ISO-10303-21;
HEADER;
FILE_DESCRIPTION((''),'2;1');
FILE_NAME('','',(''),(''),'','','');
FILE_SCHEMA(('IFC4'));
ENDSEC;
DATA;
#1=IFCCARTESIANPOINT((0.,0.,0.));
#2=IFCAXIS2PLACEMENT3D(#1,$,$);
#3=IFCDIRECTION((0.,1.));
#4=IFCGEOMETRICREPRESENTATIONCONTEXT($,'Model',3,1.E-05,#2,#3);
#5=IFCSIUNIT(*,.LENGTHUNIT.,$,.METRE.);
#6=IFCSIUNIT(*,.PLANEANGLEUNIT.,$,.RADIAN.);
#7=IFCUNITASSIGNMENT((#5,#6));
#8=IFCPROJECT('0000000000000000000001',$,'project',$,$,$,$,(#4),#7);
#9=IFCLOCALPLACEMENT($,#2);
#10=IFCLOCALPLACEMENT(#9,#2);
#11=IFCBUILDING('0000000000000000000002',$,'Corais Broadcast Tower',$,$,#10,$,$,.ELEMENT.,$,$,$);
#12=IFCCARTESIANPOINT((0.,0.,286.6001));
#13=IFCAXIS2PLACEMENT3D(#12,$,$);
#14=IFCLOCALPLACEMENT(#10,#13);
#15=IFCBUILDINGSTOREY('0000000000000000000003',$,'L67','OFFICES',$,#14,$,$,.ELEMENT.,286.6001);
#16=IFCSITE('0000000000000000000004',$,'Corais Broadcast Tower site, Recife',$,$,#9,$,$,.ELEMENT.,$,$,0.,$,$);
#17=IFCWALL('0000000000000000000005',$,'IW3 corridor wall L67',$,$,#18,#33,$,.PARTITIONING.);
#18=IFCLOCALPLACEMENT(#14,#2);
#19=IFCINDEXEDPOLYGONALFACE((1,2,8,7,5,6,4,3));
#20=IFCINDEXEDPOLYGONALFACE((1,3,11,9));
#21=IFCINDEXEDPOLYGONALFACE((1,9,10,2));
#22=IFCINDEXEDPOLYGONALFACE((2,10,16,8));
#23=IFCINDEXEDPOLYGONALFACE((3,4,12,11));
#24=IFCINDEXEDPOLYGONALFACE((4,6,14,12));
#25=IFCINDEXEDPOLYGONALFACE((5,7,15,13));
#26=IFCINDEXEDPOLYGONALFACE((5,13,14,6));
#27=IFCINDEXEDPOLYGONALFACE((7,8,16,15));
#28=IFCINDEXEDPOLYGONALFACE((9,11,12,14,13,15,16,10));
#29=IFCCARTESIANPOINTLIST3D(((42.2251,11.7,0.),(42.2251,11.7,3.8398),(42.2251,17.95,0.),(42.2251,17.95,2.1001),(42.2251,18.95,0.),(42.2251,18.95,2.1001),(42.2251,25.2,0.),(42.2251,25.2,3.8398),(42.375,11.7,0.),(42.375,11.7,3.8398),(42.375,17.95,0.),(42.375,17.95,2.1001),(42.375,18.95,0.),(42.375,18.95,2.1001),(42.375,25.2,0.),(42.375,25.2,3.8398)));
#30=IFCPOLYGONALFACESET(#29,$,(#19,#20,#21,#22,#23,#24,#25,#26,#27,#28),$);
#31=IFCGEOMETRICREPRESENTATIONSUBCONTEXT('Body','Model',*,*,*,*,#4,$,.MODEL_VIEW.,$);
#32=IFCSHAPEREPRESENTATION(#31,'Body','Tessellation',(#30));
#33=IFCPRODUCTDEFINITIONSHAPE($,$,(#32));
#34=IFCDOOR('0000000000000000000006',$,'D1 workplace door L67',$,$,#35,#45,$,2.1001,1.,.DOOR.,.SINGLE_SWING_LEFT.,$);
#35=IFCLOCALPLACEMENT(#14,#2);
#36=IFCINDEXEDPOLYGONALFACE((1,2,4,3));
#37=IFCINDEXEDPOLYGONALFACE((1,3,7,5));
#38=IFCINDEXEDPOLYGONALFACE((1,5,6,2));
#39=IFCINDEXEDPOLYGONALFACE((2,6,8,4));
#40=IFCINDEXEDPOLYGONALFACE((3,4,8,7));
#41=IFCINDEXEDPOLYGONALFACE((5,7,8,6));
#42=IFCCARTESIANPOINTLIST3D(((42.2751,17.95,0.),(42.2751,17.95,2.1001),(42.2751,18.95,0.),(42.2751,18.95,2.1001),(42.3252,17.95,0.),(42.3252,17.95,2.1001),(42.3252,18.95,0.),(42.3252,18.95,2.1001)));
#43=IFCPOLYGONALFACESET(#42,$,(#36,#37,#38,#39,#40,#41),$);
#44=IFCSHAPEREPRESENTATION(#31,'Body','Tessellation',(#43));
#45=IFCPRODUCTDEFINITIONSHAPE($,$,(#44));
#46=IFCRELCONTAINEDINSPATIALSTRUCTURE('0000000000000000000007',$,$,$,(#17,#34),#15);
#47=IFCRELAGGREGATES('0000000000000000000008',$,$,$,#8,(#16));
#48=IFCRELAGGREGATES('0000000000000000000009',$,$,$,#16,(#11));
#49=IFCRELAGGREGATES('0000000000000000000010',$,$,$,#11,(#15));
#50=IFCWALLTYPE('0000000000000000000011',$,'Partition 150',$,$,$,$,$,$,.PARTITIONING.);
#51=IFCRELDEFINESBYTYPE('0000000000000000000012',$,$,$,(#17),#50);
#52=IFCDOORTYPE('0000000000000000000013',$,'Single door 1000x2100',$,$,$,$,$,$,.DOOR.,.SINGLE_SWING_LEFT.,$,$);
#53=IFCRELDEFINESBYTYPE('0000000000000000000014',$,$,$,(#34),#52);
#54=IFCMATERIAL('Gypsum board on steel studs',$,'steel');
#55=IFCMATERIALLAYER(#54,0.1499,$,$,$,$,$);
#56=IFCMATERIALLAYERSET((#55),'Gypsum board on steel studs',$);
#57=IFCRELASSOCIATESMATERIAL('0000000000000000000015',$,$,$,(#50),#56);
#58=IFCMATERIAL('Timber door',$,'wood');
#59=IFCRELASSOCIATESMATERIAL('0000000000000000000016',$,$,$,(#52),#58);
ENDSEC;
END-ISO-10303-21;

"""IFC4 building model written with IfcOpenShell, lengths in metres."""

from ifc_helpers import new_model, si_unit, direction, frame, frame_2d, origin, place, context, subcontext, project, spatial, rectangle, extrude, material, layer, layer_set, type_object, element, fill, save


model = new_model("IFC4")

# Units and contexts
model_context = context("Model", 3, precision=1e-05, world=origin(), true_north=direction((0.0, 1.0)))
body_context = subcontext(model_context, "Body", "Model", "MODEL_VIEW")
ifc_project = project(units=[si_unit("LENGTHUNIT", "METRE"), si_unit("PLANEANGLEUNIT", "RADIAN")], contexts=[model_context])

# Site, building, storey
site_placement = place(None, origin())
site = spatial("IfcSite", under=ifc_project, at=site_placement, Name="Corais Broadcast Tower site, Recife", CompositionType="ELEMENT", RefElevation=0.0)
building_placement = place(site_placement, origin())
building = spatial("IfcBuilding", under=site, at=building_placement, Name="Corais Broadcast Tower", CompositionType="ELEMENT")
storey_placement = place(building_placement, frame((0.0, 0.0, 286.6001)))
storey = spatial("IfcBuildingStorey", under=building, at=storey_placement, Name="L67", Description="OFFICES", CompositionType="ELEMENT", Elevation=286.6001)

# Wall, opening, door
ifc_material_1 = material(Name="Gypsum board on steel studs", Category="steel")
ifc_layer_1 = layer(ifc_material_1, 0.1499)
ifc_layer_set_1 = layer_set([ifc_layer_1], Name="Gypsum board on steel studs")
wall_type = type_object("IfcWallType", Name="Partition 150", PredefinedType="PARTITIONING", material=ifc_layer_set_1)
wall_placement = place(storey_placement, frame((42.3, 11.7, 0.0), z_axis=(0.0, 0.0, 1.0), x_axis=(0.0, 1.0, 0.0)))
wall = element("IfcWall", 1, at=wall_placement, inside=storey, type_object=wall_type, Name="IW3 corridor wall L67", PredefinedType="PARTITIONING", context=body_context, shape_type="SweptSolid", body=[
    extrude(rectangle(XDim=13.5, YDim=0.1499, at=frame_2d((6.75, 0.0))), origin(), (0.0, 0.0, 1.0), 3.8398),
])
opening_placement = place(wall_placement, frame((6.25, 0.0, 0.0)))
opening = element("IfcOpeningElement", 2, at=opening_placement, cuts=wall, PredefinedType="OPENING", context=body_context, shape_type="SweptSolid", body=[
    extrude(rectangle(XDim=1.0, YDim=2.1001, at=frame_2d((0.5, 1.05))), frame((0.0, 0.085, 0.0), z_axis=(0.0, -1.0, 0.0), x_axis=(1.0, 0.0, 0.0)), (0.0, 0.0, 1.0), 0.1699),
])
ifc_material_2 = material(Name="Timber door", Category="wood")
door_type = type_object("IfcDoorType", Name="Single door 1000x2100", OperationType="SINGLE_SWING_LEFT", PredefinedType="DOOR", material=ifc_material_2)
door_placement = place(opening_placement, origin())
door = element("IfcDoor", 3, at=door_placement, inside=storey, type_object=door_type, Name="D1 workplace door L67", OperationType="SINGLE_SWING_LEFT", OverallHeight=2.1001, OverallWidth=1.0, PredefinedType="DOOR", context=body_context, shape_type="SweptSolid", body=[
    extrude(rectangle(XDim=1.0, YDim=2.1001, at=frame_2d((0.5, 1.05))), frame((0.0, 0.0249, 0.0), z_axis=(0.0, -1.0, 0.0), x_axis=(1.0, 0.0, 0.0)), (0.0, 0.0, 1.0), 0.05),
])
fill(opening, door)

save(model, "model.ifc")
